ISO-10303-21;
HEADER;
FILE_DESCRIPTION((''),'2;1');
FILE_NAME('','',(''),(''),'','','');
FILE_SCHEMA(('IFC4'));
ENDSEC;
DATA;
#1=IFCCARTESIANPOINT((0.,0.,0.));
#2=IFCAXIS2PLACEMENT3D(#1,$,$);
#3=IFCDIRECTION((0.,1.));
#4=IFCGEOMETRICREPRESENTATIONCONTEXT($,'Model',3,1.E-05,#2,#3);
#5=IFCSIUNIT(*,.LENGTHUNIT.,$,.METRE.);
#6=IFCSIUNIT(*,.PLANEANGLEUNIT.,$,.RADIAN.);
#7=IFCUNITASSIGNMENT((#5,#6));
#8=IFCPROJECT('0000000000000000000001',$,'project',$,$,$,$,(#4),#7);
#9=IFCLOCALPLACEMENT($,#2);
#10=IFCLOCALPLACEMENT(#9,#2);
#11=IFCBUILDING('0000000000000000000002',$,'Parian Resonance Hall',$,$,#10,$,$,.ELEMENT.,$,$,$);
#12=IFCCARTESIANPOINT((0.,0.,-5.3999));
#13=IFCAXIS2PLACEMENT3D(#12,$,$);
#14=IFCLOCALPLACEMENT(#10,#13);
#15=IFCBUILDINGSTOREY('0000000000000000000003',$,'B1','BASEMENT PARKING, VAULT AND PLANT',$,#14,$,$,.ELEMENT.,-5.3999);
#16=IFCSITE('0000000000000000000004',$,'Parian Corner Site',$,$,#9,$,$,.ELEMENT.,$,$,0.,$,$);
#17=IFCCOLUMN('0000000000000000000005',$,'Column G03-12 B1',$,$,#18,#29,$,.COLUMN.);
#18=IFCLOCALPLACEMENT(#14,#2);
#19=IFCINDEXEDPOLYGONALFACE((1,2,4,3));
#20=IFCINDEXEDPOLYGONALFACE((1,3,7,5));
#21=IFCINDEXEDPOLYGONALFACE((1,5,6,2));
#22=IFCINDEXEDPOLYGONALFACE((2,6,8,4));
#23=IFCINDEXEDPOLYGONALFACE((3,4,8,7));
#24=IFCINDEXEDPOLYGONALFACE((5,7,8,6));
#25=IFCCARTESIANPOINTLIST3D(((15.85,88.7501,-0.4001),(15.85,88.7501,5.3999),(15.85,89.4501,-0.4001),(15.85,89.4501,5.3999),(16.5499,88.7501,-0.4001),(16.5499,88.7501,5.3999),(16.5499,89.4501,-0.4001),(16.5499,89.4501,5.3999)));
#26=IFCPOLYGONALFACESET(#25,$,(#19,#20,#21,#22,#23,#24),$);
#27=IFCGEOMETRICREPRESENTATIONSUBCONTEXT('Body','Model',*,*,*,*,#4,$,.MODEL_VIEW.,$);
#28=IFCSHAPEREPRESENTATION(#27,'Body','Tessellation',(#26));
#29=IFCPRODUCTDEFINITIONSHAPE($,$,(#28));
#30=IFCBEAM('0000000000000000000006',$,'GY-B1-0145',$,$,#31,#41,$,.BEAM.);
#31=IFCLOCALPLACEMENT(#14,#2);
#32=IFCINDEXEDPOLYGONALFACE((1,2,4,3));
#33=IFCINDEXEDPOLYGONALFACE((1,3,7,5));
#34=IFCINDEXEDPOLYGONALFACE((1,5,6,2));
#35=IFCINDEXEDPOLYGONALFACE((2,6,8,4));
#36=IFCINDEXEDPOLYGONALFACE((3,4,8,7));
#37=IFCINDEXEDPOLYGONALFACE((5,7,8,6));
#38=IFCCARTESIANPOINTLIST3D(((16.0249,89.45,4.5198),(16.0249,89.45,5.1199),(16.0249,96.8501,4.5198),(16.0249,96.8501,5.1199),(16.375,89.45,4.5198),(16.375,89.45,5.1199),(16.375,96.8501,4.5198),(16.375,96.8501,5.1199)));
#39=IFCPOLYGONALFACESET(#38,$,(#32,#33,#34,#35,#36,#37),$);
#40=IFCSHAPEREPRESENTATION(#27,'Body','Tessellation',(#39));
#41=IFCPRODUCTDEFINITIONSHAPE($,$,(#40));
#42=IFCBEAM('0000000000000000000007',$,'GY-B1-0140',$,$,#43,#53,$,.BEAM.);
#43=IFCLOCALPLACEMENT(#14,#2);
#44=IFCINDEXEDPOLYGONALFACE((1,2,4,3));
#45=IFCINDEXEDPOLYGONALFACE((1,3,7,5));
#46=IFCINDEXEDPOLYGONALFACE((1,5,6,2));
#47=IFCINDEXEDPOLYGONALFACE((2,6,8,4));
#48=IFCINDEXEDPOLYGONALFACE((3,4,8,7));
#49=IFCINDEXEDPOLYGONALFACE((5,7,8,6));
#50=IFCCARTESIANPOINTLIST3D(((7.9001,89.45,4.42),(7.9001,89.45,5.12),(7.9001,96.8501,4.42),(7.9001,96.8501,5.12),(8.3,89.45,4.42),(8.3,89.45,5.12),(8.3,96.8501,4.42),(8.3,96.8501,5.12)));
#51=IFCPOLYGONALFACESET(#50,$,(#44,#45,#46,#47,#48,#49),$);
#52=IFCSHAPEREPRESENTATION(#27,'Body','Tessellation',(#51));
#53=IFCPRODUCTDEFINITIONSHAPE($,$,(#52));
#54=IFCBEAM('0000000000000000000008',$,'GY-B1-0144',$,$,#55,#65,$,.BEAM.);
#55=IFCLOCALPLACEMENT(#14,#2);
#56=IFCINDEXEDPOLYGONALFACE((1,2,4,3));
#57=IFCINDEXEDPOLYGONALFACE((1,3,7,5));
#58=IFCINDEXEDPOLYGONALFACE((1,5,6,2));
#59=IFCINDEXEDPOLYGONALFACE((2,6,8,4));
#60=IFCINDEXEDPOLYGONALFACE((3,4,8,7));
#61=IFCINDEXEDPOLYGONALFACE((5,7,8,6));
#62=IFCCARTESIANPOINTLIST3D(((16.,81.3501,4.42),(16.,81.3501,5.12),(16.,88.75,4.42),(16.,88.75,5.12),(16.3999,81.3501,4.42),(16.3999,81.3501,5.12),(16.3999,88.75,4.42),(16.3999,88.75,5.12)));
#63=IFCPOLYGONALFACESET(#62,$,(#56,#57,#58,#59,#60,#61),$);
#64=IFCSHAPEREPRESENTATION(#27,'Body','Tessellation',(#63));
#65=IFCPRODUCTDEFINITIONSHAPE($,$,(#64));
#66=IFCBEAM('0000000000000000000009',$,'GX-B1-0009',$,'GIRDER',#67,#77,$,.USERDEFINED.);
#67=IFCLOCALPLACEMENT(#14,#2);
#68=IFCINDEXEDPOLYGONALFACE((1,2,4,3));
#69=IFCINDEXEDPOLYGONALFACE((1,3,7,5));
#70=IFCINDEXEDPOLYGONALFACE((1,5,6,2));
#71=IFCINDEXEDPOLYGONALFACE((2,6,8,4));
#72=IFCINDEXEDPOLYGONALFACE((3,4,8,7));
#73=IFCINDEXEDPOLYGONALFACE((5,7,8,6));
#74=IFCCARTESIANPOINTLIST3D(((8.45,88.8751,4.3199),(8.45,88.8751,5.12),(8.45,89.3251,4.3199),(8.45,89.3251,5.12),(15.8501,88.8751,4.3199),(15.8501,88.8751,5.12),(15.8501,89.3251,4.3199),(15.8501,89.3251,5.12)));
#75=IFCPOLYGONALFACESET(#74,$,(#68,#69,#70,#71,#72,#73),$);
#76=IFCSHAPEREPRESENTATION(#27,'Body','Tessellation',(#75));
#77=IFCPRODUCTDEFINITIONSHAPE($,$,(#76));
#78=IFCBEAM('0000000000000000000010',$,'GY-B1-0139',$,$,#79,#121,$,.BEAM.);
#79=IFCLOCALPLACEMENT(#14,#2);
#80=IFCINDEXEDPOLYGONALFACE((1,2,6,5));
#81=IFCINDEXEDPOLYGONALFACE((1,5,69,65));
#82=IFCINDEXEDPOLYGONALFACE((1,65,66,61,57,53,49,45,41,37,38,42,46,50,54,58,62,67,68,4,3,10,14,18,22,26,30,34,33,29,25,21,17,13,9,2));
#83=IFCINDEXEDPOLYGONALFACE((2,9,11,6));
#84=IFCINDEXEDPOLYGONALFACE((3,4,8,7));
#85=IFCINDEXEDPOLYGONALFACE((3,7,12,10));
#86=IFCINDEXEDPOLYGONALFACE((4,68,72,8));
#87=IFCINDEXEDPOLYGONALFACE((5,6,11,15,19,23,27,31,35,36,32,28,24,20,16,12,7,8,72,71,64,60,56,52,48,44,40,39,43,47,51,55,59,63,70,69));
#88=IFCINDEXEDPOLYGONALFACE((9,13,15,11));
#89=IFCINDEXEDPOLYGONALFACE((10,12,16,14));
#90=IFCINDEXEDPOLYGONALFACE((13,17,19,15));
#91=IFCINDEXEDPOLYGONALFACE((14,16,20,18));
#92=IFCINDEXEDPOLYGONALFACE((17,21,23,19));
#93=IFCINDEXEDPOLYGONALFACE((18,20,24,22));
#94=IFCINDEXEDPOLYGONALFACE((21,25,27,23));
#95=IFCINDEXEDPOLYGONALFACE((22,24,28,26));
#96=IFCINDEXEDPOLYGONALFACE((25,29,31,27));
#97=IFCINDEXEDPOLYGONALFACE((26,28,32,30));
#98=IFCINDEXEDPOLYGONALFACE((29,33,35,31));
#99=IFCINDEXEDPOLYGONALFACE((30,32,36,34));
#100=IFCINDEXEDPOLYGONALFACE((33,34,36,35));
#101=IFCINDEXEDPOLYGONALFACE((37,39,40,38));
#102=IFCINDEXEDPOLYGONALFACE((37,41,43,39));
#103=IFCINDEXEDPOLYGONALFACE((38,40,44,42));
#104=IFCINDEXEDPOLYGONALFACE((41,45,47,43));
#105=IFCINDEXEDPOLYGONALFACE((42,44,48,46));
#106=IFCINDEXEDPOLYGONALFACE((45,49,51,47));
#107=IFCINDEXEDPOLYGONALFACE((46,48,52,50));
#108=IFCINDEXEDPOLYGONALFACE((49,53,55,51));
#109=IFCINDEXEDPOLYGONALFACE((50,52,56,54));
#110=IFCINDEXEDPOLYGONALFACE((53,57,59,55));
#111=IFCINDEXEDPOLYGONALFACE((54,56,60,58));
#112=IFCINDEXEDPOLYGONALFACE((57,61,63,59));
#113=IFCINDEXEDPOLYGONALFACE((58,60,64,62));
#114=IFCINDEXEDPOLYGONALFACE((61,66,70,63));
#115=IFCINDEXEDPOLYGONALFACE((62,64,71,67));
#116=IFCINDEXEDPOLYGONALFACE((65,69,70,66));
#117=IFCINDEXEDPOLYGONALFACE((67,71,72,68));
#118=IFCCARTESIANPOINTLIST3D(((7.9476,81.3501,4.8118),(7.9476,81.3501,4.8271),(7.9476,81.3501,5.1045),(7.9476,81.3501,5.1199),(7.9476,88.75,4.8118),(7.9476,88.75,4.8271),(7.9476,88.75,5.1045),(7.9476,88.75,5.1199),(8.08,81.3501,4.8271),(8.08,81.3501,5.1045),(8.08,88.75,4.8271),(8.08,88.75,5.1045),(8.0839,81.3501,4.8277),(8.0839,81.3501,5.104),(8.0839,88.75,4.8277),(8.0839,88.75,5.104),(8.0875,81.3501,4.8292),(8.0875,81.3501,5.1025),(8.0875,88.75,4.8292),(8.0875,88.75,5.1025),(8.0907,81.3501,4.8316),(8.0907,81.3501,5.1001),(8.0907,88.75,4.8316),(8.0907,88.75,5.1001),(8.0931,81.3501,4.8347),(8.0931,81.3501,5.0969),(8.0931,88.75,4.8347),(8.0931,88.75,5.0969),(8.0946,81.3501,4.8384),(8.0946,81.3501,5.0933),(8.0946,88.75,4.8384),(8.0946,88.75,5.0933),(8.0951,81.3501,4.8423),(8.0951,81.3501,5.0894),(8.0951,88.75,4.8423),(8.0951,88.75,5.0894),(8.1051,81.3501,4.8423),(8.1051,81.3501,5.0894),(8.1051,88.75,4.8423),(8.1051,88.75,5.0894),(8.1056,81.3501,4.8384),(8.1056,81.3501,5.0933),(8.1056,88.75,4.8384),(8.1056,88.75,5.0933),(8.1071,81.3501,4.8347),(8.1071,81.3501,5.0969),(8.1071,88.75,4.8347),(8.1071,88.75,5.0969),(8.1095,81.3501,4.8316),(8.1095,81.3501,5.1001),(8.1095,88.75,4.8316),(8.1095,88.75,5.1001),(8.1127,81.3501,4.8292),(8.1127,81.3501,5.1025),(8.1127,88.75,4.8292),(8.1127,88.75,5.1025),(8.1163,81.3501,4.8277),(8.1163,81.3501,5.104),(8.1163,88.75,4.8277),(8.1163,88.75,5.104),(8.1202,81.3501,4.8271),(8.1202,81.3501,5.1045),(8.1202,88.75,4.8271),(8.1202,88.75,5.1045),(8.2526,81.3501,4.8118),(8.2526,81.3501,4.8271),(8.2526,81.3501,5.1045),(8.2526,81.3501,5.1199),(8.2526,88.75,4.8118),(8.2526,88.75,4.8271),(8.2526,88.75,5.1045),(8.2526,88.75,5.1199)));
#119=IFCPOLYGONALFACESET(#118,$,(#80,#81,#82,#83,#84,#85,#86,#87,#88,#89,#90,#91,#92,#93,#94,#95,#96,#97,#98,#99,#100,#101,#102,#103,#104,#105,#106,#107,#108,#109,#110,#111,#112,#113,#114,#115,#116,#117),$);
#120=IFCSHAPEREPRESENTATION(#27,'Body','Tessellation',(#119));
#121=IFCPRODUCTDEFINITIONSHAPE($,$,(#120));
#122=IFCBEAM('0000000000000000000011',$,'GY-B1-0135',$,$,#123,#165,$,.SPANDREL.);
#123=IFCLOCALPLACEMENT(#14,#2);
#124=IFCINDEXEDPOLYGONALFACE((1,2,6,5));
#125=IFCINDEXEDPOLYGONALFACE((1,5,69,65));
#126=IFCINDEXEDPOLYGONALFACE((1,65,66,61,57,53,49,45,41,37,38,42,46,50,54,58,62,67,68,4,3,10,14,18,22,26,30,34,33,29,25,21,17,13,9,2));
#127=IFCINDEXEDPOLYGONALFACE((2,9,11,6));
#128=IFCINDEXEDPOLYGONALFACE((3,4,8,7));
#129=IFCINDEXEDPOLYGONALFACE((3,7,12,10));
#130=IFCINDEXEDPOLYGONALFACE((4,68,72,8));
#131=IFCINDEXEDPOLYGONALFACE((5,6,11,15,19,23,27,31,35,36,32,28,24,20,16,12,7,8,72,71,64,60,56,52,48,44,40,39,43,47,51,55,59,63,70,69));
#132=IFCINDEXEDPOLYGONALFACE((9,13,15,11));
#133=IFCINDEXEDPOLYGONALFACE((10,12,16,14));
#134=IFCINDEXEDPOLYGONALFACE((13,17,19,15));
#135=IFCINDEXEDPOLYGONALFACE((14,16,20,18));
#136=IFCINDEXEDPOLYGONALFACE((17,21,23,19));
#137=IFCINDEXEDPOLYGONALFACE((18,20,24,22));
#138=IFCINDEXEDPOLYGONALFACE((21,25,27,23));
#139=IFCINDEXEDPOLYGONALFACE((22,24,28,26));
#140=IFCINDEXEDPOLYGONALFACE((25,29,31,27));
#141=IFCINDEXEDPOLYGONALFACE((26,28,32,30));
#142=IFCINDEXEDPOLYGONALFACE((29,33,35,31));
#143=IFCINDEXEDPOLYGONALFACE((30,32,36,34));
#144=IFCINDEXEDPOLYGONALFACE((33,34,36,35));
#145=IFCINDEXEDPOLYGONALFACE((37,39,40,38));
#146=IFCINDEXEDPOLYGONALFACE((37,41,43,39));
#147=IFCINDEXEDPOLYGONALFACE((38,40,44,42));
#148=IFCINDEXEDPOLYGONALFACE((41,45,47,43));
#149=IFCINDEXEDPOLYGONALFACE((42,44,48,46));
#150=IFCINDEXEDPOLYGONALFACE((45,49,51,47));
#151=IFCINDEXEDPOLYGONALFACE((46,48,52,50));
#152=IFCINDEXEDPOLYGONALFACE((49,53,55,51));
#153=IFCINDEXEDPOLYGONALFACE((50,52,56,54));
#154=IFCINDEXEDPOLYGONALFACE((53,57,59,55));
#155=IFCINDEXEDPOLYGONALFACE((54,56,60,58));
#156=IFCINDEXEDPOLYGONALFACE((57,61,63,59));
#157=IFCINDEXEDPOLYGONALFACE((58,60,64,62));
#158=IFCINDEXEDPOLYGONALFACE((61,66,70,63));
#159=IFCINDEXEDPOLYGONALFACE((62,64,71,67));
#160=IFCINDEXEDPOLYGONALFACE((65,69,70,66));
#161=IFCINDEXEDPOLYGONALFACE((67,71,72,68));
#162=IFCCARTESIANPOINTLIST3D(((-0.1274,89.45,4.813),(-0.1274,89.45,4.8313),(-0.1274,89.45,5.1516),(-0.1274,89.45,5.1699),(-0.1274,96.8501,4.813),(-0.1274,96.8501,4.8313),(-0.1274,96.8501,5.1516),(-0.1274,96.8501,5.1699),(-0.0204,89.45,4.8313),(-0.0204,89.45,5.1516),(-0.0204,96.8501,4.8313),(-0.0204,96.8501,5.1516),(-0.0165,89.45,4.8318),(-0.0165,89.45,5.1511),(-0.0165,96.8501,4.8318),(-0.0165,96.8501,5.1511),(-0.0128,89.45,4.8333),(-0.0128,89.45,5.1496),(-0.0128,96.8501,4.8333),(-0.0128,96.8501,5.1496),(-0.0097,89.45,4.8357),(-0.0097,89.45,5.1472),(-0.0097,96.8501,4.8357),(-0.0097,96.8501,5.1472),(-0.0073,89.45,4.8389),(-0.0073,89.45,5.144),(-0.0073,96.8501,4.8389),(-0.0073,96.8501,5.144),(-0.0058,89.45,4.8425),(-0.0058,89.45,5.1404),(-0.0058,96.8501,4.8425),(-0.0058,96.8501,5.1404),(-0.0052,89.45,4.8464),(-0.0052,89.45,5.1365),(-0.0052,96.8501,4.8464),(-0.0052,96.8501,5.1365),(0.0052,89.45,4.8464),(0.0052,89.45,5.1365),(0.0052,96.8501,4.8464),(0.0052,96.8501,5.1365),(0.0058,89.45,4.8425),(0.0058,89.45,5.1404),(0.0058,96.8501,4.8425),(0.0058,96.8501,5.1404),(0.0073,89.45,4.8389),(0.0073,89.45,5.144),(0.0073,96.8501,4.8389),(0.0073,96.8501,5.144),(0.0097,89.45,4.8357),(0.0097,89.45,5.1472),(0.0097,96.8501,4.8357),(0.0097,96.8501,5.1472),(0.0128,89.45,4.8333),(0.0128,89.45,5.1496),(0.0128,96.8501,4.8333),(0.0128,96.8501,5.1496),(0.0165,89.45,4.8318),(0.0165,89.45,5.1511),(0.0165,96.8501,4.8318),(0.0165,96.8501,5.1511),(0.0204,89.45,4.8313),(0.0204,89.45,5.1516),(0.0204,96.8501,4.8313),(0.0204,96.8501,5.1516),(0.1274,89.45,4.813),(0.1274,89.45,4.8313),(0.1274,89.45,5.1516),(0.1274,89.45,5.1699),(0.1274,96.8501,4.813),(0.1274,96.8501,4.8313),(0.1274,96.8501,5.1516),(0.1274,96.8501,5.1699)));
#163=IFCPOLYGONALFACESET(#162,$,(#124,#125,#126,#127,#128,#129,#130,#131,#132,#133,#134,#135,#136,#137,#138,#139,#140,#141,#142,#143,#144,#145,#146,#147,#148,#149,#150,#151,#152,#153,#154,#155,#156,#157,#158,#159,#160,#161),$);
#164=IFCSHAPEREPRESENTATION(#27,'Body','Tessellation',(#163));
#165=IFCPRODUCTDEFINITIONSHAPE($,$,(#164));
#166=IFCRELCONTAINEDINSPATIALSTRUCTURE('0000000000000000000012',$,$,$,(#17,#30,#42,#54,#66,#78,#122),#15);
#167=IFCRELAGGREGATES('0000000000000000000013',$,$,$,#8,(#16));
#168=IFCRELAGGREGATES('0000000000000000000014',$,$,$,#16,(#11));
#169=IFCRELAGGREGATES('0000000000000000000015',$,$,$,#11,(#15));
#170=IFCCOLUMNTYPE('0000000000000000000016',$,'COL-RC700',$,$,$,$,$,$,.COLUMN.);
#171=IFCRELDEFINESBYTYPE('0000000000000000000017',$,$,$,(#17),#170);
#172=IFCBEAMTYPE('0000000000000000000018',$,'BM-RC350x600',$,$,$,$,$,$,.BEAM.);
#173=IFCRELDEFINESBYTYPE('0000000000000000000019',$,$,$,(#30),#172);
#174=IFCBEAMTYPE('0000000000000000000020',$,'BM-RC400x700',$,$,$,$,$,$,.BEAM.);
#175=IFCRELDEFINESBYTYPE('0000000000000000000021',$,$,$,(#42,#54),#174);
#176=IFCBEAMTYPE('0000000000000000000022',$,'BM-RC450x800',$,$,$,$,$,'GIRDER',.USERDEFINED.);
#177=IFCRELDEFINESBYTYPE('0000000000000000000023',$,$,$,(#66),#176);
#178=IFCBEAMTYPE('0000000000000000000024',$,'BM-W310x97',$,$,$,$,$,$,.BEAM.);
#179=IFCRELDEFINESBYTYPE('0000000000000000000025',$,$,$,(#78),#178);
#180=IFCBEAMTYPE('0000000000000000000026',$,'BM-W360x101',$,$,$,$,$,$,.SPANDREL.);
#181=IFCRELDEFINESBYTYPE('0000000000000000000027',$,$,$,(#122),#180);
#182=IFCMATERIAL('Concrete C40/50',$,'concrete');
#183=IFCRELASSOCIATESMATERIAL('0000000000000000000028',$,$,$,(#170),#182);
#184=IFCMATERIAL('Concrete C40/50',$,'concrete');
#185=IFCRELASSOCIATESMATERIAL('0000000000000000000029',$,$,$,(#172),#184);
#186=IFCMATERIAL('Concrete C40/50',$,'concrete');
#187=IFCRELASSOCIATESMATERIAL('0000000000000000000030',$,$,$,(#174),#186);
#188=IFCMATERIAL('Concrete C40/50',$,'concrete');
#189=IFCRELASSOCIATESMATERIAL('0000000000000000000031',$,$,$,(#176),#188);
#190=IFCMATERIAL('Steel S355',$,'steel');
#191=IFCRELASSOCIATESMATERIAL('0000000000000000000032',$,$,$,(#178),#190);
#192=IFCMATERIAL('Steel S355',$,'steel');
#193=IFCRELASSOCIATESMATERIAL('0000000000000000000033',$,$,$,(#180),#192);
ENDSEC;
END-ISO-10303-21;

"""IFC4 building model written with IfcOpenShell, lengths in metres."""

from ifc_helpers import new_model, si_unit, direction, frame, origin, origin_2d, place, context, subcontext, project, spatial, rectangle, i_section, extrude, material, material_profile, profile_set, type_object, element, save


model = new_model("IFC4")

# Units and contexts
model_context = context("Model", 3, precision=1e-05, world=origin(), true_north=direction((0.0, 1.0)))
body_context = subcontext(model_context, "Body", "Model", "MODEL_VIEW")
ifc_project = project(units=[si_unit("LENGTHUNIT", "METRE"), si_unit("PLANEANGLEUNIT", "RADIAN")], contexts=[model_context])

# Site, building, storey
site_placement = place(None, origin())
site = spatial("IfcSite", under=ifc_project, at=site_placement, Name="Parian Corner Site", CompositionType="ELEMENT", RefElevation=0.0)
building_placement = place(site_placement, origin())
building = spatial("IfcBuilding", under=site, at=building_placement, Name="Parian Resonance Hall", CompositionType="ELEMENT")
storey_placement = place(building_placement, frame((0.0, 0.0, -5.3999)))
storey = spatial("IfcBuildingStorey", under=building, at=storey_placement, Name="B1", Description="BASEMENT PARKING, VAULT AND PLANT", CompositionType="ELEMENT", Elevation=-5.3999)

# Column
ifc_material_1 = material(Name="Concrete C40/50", Category="concrete")
ifc_material_profile_1 = material_profile(ifc_material_1, rectangle(XDim=0.7, YDim=0.7, at=origin_2d()), Name="RC-COL-700x700")
ifc_profile_set_1 = profile_set([ifc_material_profile_1], Name="Concrete C40/50")
column_type_1 = type_object("IfcColumnType", Name="COL-RC700", PredefinedType="COLUMN", material=ifc_profile_set_1)
for number, where, z_axis, x_axis, name in (
    (1, (16.2, 89.1001, -0.4001), (0.0, 0.0, 1.0), (1.0, 0.0, 0.0), "Column G03-12 B1"),
):
    element("IfcColumn", number, at=place(storey_placement, frame(where, z_axis=z_axis, x_axis=x_axis)), inside=storey, type_object=column_type_1, Name=name, PredefinedType="COLUMN", context=body_context, shape_type="SweptSolid", body=[
        extrude(rectangle(XDim=0.7, YDim=0.7, at=origin_2d()), origin(), (0.0, 0.0, 1.0), 5.8),
    ])

# Beams
ifc_material_2 = material(Name="Concrete C40/50", Category="concrete")
ifc_material_profile_2 = material_profile(ifc_material_2, rectangle(XDim=0.3501, YDim=0.6001, at=origin_2d()), Name="RC-BM-350x600")
ifc_profile_set_2 = profile_set([ifc_material_profile_2], Name="Concrete C40/50")
beam_type_1 = type_object("IfcBeamType", Name="BM-RC350x600", PredefinedType="BEAM", material=ifc_profile_set_2)
beam_1_placement = place(storey_placement, frame((16.2, 89.45, 4.8198), z_axis=(0.0, 1.0, 0.0), x_axis=(-1.0, 0.0, 0.0)))
element("IfcBeam", 2, at=beam_1_placement, inside=storey, type_object=beam_type_1, Name="GY-B1-0145", PredefinedType="BEAM", context=body_context, shape_type="SweptSolid", body=[
    extrude(rectangle(XDim=0.3501, YDim=0.6001, at=origin_2d()), origin(), (0.0, 0.0, 1.0), 7.4001),
])
ifc_material_3 = material(Name="Concrete C40/50", Category="concrete")
ifc_material_profile_3 = material_profile(ifc_material_3, rectangle(XDim=0.3999, YDim=0.7, at=origin_2d()), Name="RC-BM-400x700")
ifc_profile_set_3 = profile_set([ifc_material_profile_3], Name="Concrete C40/50")
beam_type_2 = type_object("IfcBeamType", Name="BM-RC400x700", PredefinedType="BEAM", material=ifc_profile_set_3)
beam_2_placement = place(storey_placement, frame((8.1001, 89.45, 4.77), z_axis=(0.0, 1.0, 0.0), x_axis=(-1.0, 0.0, 0.0)))
element("IfcBeam", 3, at=beam_2_placement, inside=storey, type_object=beam_type_2, Name="GY-B1-0140", PredefinedType="BEAM", context=body_context, shape_type="SweptSolid", body=[
    extrude(rectangle(XDim=0.3999, YDim=0.7, at=origin_2d()), origin(), (0.0, 0.0, 1.0), 7.4001),
])
beam_3_placement = place(storey_placement, frame((16.2, 81.3501, 4.77), z_axis=(0.0, 1.0, 0.0), x_axis=(-1.0, 0.0, 0.0)))
element("IfcBeam", 4, at=beam_3_placement, inside=storey, type_object=beam_type_2, Name="GY-B1-0144", PredefinedType="BEAM", context=body_context, shape_type="SweptSolid", body=[
    extrude(rectangle(XDim=0.3999, YDim=0.7, at=origin_2d()), origin(), (0.0, 0.0, 1.0), 7.3999),
])
ifc_material_4 = material(Name="Concrete C40/50", Category="concrete")
ifc_material_profile_4 = material_profile(ifc_material_4, rectangle(XDim=0.45, YDim=0.8, at=origin_2d()), Name="RC-BM-450x800")
ifc_profile_set_4 = profile_set([ifc_material_profile_4], Name="Concrete C40/50")
beam_type_3 = type_object("IfcBeamType", Name="BM-RC450x800", ElementType="GIRDER", PredefinedType="USERDEFINED", material=ifc_profile_set_4)
beam_4_placement = place(storey_placement, frame((8.45, 89.1001, 4.72), z_axis=(1.0, 0.0, 0.0), x_axis=(0.0, 1.0, 0.0)))
element("IfcBeam", 5, at=beam_4_placement, inside=storey, type_object=beam_type_3, Name="GX-B1-0009", ObjectType="GIRDER", PredefinedType="USERDEFINED", context=body_context, shape_type="SweptSolid", body=[
    extrude(rectangle(XDim=0.45, YDim=0.8, at=origin_2d()), origin(), (0.0, 0.0, 1.0), 7.4001),
])
ifc_material_5 = material(Name="Steel S355", Category="steel")
ifc_material_profile_5 = material_profile(ifc_material_5, i_section(OverallWidth=0.3049, OverallDepth=0.3081, WebThickness=0.01, FlangeThickness=0.0154, FilletRadius=0.0151, at=origin_2d()), Name="W310x97")
ifc_profile_set_5 = profile_set([ifc_material_profile_5], Name="Steel S355")
beam_type_4 = type_object("IfcBeamType", Name="BM-W310x97", PredefinedType="BEAM", material=ifc_profile_set_5)
beam_5_placement = place(storey_placement, frame((8.1001, 81.3501, 4.9658), z_axis=(0.0, 1.0, 0.0), x_axis=(-1.0, 0.0, 0.0)))
element("IfcBeam", 6, at=beam_5_placement, inside=storey, type_object=beam_type_4, Name="GY-B1-0139", PredefinedType="BEAM", context=body_context, shape_type="SweptSolid", body=[
    extrude(i_section(OverallWidth=0.3049, OverallDepth=0.3081, WebThickness=0.01, FlangeThickness=0.0154, FilletRadius=0.0151, at=origin_2d()), origin(), (0.0, 0.0, 1.0), 7.3999),
])
ifc_material_6 = material(Name="Steel S355", Category="steel")
ifc_material_profile_6 = material_profile(ifc_material_6, i_section(OverallWidth=0.2549, OverallDepth=0.3569, WebThickness=0.0105, FlangeThickness=0.0183, FilletRadius=0.0151, at=origin_2d()), Name="W360x101")
ifc_profile_set_6 = profile_set([ifc_material_profile_6], Name="Steel S355")
beam_type_5 = type_object("IfcBeamType", Name="BM-W360x101", PredefinedType="SPANDREL", material=ifc_profile_set_6)
beam_6_placement = place(storey_placement, frame((0.0, 89.45, 4.9915), z_axis=(0.0, 1.0, 0.0), x_axis=(-1.0, 0.0, 0.0)))
element("IfcBeam", 7, at=beam_6_placement, inside=storey, type_object=beam_type_5, Name="GY-B1-0135", PredefinedType="SPANDREL", context=body_context, shape_type="SweptSolid", body=[
    extrude(i_section(OverallWidth=0.2549, OverallDepth=0.3569, WebThickness=0.0105, FlangeThickness=0.0183, FilletRadius=0.0151, at=origin_2d()), origin(), (0.0, 0.0, 1.0), 7.4001),
])

save(model, "model.ifc")
